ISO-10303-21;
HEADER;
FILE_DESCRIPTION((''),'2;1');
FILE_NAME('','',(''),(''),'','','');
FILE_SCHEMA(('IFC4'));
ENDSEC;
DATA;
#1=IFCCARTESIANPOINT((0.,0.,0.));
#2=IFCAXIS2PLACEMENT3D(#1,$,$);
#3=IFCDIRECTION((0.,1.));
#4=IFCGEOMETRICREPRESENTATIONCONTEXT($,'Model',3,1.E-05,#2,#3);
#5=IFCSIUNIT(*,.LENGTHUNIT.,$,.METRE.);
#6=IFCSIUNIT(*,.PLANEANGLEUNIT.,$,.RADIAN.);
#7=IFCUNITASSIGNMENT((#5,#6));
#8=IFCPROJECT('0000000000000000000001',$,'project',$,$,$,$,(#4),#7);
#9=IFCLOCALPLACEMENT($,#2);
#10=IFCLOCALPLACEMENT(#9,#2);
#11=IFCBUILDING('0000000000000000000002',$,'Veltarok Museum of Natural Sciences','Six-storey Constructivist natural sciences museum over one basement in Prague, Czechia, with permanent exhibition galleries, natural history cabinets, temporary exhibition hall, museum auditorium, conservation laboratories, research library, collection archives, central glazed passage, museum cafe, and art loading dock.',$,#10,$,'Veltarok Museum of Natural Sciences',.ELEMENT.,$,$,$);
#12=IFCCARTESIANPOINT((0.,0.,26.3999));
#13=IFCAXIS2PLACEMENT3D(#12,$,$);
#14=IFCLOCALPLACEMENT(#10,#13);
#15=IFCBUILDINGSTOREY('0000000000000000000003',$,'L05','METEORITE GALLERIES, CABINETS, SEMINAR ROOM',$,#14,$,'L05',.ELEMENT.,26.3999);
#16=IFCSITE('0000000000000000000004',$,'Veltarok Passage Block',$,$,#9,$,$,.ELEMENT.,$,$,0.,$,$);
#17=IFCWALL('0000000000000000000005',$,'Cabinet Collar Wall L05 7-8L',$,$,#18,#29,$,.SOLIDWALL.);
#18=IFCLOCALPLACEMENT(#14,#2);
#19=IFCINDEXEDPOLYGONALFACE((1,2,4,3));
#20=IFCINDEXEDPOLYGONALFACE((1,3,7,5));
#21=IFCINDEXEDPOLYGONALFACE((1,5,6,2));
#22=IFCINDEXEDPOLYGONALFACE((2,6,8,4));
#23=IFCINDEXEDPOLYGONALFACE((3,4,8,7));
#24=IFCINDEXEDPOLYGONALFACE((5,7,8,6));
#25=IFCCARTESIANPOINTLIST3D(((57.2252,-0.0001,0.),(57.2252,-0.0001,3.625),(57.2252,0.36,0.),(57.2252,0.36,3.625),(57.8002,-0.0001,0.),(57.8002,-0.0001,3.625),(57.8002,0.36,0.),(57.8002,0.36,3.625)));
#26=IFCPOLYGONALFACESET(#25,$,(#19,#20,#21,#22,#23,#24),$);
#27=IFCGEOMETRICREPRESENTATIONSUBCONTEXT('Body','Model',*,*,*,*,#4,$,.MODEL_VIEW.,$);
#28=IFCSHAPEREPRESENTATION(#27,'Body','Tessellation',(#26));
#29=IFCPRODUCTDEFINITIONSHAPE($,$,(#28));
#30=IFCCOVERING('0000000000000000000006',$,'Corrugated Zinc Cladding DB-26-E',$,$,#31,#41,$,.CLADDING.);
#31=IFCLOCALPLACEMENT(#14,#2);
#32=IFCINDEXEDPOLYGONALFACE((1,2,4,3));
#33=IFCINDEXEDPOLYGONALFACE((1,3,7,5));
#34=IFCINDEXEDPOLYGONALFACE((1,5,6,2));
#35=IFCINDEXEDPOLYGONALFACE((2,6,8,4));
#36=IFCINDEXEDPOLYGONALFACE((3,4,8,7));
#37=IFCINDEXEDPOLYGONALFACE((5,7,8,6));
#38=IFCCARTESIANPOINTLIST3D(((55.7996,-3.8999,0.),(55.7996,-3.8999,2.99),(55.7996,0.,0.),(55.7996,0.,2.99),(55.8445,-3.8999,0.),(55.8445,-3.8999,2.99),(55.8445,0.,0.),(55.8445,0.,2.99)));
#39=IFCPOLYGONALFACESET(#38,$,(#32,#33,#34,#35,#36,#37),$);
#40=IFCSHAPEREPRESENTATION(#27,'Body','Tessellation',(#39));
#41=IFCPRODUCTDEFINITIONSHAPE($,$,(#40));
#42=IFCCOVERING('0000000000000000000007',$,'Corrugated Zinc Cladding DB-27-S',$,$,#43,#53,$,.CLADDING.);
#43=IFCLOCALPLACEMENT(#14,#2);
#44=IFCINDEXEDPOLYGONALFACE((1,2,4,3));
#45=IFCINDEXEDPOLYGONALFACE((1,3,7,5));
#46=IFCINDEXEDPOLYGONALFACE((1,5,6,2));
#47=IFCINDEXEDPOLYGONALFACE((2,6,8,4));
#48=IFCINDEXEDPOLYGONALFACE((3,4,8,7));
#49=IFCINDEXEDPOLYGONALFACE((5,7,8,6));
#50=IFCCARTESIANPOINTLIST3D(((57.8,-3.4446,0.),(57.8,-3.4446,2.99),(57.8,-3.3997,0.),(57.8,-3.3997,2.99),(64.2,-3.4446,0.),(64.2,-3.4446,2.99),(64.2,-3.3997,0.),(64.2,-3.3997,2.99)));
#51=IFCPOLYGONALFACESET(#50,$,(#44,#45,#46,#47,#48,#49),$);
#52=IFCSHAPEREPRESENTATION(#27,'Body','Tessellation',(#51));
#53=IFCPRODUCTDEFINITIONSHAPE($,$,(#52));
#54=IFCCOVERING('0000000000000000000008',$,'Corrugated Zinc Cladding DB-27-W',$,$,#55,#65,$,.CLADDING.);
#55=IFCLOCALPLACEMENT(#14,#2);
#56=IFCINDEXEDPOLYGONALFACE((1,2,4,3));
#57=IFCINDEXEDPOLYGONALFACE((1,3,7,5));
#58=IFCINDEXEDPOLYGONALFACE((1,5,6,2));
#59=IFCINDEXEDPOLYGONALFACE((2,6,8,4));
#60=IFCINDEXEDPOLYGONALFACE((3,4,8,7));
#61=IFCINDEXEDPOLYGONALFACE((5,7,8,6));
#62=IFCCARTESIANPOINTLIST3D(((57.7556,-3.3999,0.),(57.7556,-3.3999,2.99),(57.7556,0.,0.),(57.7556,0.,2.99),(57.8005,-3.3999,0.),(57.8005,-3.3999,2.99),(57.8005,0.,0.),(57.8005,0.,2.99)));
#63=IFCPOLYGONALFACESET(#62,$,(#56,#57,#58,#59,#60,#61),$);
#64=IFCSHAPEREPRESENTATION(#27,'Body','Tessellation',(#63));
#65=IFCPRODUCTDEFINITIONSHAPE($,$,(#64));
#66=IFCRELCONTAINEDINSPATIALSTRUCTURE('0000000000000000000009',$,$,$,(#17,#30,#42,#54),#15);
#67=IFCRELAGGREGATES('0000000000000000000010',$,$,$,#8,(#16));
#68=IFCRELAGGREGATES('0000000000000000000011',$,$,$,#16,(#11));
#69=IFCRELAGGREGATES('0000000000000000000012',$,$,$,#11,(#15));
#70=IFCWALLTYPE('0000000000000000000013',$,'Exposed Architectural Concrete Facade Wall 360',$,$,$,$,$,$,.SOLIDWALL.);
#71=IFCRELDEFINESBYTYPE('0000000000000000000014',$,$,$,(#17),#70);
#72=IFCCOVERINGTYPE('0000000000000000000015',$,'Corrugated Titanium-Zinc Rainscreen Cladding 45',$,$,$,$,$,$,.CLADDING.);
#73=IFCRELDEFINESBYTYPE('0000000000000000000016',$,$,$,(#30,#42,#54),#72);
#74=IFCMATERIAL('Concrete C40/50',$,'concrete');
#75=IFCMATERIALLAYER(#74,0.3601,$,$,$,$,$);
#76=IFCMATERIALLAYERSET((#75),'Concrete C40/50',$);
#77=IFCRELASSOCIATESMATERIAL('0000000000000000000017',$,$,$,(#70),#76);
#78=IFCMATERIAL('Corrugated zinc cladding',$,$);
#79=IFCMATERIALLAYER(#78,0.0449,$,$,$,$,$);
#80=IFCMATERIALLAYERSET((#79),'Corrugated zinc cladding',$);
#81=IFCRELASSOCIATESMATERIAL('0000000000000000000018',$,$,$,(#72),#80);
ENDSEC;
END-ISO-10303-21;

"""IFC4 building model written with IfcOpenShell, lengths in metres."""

from ifc_helpers import new_model, si_unit, direction, frame, frame_2d, origin, place, context, subcontext, project, spatial, rectangle, extrude, material, layer, layer_set, type_object, element, save


model = new_model("IFC4")

# Units and contexts
model_context = context("Model", 3, precision=1e-05, world=origin(), true_north=direction((0.0, 1.0)))
body_context = subcontext(model_context, "Body", "Model", "MODEL_VIEW")
ifc_project = project(units=[si_unit("LENGTHUNIT", "METRE"), si_unit("PLANEANGLEUNIT", "RADIAN")], contexts=[model_context])

# Site, building, storey
site_placement = place(None, origin())
site = spatial("IfcSite", under=ifc_project, at=site_placement, Name="Veltarok Passage Block", CompositionType="ELEMENT", RefElevation=0.0)
building_placement = place(site_placement, origin())
building = spatial("IfcBuilding", under=site, at=building_placement, Name="Veltarok Museum of Natural Sciences", Description="Six-storey Constructivist natural sciences museum over one basement in Prague, Czechia, with permanent exhibition galleries, natural history cabinets, temporary exhibition hall, museum auditorium, conservation laboratories, research library, collection archives, central glazed passage, museum cafe, and art loading dock.", LongName="Veltarok Museum of Natural Sciences", CompositionType="ELEMENT")
storey_placement = place(building_placement, frame((0.0, 0.0, 26.3999)))
storey = spatial("IfcBuildingStorey", under=building, at=storey_placement, Name="L05", Description="METEORITE GALLERIES, CABINETS, SEMINAR ROOM", LongName="L05", CompositionType="ELEMENT", Elevation=26.3999)

# Shared definitions
ifc_material_1 = material(Name="Concrete C40/50", Category="concrete")

# Wall
ifc_layer_1 = layer(ifc_material_1, 0.3601)
ifc_layer_set_1 = layer_set([ifc_layer_1], Name="Concrete C40/50")
wall_type_1 = type_object("IfcWallType", Name="Exposed Architectural Concrete Facade Wall 360", PredefinedType="SOLIDWALL", material=ifc_layer_set_1)
for number, where, z_axis, x_axis, name in (
    (1, (57.2251, 0.1799, 0.0), (0.0, 0.0, 1.0), (1.0, 0.0, 0.0), "Cabinet Collar Wall L05 7-8L"),
):
    element("IfcWall", number, at=place(storey_placement, frame(where, z_axis=z_axis, x_axis=x_axis)), inside=storey, type_object=wall_type_1, Name=name, PredefinedType="SOLIDWALL", context=body_context, shape_type="SweptSolid", body=[
        extrude(rectangle(XDim=0.575, YDim=0.3601, at=frame_2d((0.2876, 0.0))), origin(), (0.0, 0.0, 1.0), 3.625),
    ])

# Coverings
ifc_material_2 = material(Name="Corrugated zinc cladding")
ifc_layer_2 = layer(ifc_material_2, 0.0449)
ifc_layer_set_2 = layer_set([ifc_layer_2], Name="Corrugated zinc cladding")
covering_type = type_object("IfcCoveringType", Name="Corrugated Titanium-Zinc Rainscreen Cladding 45", PredefinedType="CLADDING", material=ifc_layer_set_2)
covering_1_placement = place(storey_placement, frame((55.822, -3.8999, 0.0), z_axis=(0.0, 0.0, 1.0), x_axis=(0.0, 1.0, 0.0)))
element("IfcCovering", 2, at=covering_1_placement, inside=storey, type_object=covering_type, Name="Corrugated Zinc Cladding DB-26-E", PredefinedType="CLADDING", context=body_context, shape_type="SweptSolid", body=[
    extrude(rectangle(XDim=3.8999, YDim=0.0449, at=frame_2d((1.95, 0.0))), origin(), (0.0, 0.0, 1.0), 2.99),
])
covering_2_placement = place(storey_placement, frame((57.8, -3.4221, 0.0), z_axis=(0.0, 0.0, 1.0), x_axis=(1.0, 0.0, 0.0)))
element("IfcCovering", 3, at=covering_2_placement, inside=storey, type_object=covering_type, Name="Corrugated Zinc Cladding DB-27-S", PredefinedType="CLADDING", context=body_context, shape_type="SweptSolid", body=[
    extrude(rectangle(XDim=6.3999, YDim=0.0449, at=frame_2d((3.2, 0.0))), origin(), (0.0, 0.0, 1.0), 2.99),
])
covering_3_placement = place(storey_placement, frame((57.7781, 0.0, 0.0), z_axis=(0.0, 0.0, 1.0), x_axis=(0.0, -1.0, 0.0)))
element("IfcCovering", 4, at=covering_3_placement, inside=storey, type_object=covering_type, Name="Corrugated Zinc Cladding DB-27-W", PredefinedType="CLADDING", context=body_context, shape_type="SweptSolid", body=[
    extrude(rectangle(XDim=3.3999, YDim=0.0449, at=frame_2d((1.7, 0.0))), origin(), (0.0, 0.0, 1.0), 2.99),
])

save(model, "model.ifc")
